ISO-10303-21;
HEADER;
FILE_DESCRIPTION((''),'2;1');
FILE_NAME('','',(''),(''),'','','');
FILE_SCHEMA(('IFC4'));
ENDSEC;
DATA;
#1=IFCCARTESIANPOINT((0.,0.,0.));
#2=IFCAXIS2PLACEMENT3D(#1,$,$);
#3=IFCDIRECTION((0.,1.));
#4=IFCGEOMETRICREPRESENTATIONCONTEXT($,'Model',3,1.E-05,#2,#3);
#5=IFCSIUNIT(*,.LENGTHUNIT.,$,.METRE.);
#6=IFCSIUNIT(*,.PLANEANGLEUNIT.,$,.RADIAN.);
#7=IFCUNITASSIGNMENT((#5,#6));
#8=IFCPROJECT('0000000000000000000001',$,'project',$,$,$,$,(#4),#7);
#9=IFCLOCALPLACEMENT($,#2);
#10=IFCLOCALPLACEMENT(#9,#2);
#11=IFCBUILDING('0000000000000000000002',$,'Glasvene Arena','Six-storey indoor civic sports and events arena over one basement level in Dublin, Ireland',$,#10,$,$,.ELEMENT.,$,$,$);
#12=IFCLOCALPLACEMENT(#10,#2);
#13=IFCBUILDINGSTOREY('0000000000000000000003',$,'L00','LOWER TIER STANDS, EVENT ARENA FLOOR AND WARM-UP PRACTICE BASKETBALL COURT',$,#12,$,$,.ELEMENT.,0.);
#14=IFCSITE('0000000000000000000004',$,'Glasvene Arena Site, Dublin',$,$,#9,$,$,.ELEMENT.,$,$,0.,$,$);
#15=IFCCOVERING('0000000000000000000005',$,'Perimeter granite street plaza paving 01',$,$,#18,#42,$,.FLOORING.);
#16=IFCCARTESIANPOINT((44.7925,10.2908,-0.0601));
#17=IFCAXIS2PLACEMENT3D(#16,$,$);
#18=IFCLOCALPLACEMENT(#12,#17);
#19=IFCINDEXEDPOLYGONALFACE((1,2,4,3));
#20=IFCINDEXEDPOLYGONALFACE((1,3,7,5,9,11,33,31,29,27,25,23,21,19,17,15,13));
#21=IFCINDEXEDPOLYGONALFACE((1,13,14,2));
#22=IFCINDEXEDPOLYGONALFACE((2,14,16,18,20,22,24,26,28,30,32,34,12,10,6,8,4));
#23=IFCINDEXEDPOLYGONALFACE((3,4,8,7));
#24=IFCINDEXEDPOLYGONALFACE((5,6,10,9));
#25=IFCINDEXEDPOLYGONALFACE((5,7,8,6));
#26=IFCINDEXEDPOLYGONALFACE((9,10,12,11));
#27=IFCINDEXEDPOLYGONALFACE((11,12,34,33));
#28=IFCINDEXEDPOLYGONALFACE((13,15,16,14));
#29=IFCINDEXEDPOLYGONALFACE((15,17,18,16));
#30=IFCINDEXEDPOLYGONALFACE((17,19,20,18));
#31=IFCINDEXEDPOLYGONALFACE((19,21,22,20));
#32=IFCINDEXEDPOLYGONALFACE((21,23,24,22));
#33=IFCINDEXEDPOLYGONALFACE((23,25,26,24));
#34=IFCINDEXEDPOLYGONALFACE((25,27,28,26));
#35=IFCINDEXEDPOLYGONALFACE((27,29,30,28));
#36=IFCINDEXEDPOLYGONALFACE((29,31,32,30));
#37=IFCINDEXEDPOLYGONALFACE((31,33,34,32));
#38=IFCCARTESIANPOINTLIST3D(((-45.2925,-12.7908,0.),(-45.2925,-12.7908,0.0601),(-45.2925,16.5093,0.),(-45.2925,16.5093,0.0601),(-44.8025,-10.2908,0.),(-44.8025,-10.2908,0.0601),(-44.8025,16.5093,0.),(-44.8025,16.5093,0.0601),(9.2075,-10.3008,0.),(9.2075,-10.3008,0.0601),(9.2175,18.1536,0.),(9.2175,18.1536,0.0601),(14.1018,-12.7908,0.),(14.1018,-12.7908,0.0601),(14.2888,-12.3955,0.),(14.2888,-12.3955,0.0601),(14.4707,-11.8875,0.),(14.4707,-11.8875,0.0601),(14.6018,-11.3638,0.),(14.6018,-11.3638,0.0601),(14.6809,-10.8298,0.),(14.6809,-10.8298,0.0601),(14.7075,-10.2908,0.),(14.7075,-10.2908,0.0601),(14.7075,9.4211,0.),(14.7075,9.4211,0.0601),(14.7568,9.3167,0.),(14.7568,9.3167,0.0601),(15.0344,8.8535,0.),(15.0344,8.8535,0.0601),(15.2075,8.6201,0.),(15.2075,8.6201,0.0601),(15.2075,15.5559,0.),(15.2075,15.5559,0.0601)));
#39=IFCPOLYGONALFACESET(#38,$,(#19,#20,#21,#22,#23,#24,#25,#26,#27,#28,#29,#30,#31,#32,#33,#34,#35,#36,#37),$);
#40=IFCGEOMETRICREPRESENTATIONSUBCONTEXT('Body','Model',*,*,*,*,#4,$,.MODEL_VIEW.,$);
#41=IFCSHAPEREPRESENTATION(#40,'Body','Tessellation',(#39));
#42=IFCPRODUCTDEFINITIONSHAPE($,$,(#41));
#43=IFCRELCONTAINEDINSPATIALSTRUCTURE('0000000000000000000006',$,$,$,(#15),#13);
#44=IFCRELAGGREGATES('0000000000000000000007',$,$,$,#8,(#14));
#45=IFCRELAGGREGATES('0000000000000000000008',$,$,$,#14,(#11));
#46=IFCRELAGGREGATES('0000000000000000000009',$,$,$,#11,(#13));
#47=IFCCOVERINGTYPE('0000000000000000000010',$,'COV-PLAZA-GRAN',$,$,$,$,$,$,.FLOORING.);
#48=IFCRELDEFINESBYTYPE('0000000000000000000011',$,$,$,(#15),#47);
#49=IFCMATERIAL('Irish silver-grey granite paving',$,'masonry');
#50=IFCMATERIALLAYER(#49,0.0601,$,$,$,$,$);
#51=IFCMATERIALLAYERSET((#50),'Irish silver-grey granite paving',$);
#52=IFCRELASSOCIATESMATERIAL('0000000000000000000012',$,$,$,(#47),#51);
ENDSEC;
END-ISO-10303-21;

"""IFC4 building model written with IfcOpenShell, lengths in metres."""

from ifc_helpers import new_model, si_unit, direction, frame, origin, place, context, subcontext, project, spatial, polyline, outline, extrude, material, layer, layer_set, type_object, element, save


model = new_model("IFC4")

# Units and contexts
model_context = context("Model", 3, precision=1e-05, world=origin(), true_north=direction((0.0, 1.0)))
body_context = subcontext(model_context, "Body", "Model", "MODEL_VIEW")
ifc_project = project(units=[si_unit("LENGTHUNIT", "METRE"), si_unit("PLANEANGLEUNIT", "RADIAN")], contexts=[model_context])

# Site, building, storey
site_placement = place(None, origin())
site = spatial("IfcSite", under=ifc_project, at=site_placement, Name="Glasvene Arena Site, Dublin", CompositionType="ELEMENT", RefElevation=0.0)
building_placement = place(site_placement, origin())
building = spatial("IfcBuilding", under=site, at=building_placement, Name="Glasvene Arena", Description="Six-storey indoor civic sports and events arena over one basement level in Dublin, Ireland", CompositionType="ELEMENT")
storey_placement = place(building_placement, origin())
storey = spatial("IfcBuildingStorey", under=building, at=storey_placement, Name="L00", Description="LOWER TIER STANDS, EVENT ARENA FLOOR AND WARM-UP PRACTICE BASKETBALL COURT", CompositionType="ELEMENT", Elevation=0.0)

# Covering
ifc_material_1 = material(Name="Irish silver-grey granite paving", Category="masonry")
ifc_layer_1 = layer(ifc_material_1, 0.0601)
ifc_layer_set_1 = layer_set([ifc_layer_1], Name="Irish silver-grey granite paving")
covering_type = type_object("IfcCoveringType", Name="COV-PLAZA-GRAN", PredefinedType="FLOORING", material=ifc_layer_set_1)
covering_placement = place(storey_placement, frame((44.7925, 10.2908, -0.0601)))
element("IfcCovering", 1, at=covering_placement, inside=storey, type_object=covering_type, Name="Perimeter granite street plaza paving 01", PredefinedType="FLOORING", context=body_context, shape_type="SweptSolid", body=[
    extrude(outline(polyline([(15.0344, 8.8535), (14.7568, 9.3167), (14.7075, 9.4211), (14.7075, -10.2908), (14.6809, -10.8298), (14.6018, -11.3638), (14.4707, -11.8875), (14.2888, -12.3955), (14.1018, -12.7908), (-45.2925, -12.7908), (-45.2925, 16.5093), (-44.8025, 16.5093), (-44.8025, -10.2908), (9.2075, -10.3008), (9.2175, 18.1536), (15.2075, 15.5559), (15.2075, 8.6201), (15.0344, 8.8535)])), origin(), (0.0, 0.0, 1.0), 0.0601),
])

save(model, "model.ifc")
